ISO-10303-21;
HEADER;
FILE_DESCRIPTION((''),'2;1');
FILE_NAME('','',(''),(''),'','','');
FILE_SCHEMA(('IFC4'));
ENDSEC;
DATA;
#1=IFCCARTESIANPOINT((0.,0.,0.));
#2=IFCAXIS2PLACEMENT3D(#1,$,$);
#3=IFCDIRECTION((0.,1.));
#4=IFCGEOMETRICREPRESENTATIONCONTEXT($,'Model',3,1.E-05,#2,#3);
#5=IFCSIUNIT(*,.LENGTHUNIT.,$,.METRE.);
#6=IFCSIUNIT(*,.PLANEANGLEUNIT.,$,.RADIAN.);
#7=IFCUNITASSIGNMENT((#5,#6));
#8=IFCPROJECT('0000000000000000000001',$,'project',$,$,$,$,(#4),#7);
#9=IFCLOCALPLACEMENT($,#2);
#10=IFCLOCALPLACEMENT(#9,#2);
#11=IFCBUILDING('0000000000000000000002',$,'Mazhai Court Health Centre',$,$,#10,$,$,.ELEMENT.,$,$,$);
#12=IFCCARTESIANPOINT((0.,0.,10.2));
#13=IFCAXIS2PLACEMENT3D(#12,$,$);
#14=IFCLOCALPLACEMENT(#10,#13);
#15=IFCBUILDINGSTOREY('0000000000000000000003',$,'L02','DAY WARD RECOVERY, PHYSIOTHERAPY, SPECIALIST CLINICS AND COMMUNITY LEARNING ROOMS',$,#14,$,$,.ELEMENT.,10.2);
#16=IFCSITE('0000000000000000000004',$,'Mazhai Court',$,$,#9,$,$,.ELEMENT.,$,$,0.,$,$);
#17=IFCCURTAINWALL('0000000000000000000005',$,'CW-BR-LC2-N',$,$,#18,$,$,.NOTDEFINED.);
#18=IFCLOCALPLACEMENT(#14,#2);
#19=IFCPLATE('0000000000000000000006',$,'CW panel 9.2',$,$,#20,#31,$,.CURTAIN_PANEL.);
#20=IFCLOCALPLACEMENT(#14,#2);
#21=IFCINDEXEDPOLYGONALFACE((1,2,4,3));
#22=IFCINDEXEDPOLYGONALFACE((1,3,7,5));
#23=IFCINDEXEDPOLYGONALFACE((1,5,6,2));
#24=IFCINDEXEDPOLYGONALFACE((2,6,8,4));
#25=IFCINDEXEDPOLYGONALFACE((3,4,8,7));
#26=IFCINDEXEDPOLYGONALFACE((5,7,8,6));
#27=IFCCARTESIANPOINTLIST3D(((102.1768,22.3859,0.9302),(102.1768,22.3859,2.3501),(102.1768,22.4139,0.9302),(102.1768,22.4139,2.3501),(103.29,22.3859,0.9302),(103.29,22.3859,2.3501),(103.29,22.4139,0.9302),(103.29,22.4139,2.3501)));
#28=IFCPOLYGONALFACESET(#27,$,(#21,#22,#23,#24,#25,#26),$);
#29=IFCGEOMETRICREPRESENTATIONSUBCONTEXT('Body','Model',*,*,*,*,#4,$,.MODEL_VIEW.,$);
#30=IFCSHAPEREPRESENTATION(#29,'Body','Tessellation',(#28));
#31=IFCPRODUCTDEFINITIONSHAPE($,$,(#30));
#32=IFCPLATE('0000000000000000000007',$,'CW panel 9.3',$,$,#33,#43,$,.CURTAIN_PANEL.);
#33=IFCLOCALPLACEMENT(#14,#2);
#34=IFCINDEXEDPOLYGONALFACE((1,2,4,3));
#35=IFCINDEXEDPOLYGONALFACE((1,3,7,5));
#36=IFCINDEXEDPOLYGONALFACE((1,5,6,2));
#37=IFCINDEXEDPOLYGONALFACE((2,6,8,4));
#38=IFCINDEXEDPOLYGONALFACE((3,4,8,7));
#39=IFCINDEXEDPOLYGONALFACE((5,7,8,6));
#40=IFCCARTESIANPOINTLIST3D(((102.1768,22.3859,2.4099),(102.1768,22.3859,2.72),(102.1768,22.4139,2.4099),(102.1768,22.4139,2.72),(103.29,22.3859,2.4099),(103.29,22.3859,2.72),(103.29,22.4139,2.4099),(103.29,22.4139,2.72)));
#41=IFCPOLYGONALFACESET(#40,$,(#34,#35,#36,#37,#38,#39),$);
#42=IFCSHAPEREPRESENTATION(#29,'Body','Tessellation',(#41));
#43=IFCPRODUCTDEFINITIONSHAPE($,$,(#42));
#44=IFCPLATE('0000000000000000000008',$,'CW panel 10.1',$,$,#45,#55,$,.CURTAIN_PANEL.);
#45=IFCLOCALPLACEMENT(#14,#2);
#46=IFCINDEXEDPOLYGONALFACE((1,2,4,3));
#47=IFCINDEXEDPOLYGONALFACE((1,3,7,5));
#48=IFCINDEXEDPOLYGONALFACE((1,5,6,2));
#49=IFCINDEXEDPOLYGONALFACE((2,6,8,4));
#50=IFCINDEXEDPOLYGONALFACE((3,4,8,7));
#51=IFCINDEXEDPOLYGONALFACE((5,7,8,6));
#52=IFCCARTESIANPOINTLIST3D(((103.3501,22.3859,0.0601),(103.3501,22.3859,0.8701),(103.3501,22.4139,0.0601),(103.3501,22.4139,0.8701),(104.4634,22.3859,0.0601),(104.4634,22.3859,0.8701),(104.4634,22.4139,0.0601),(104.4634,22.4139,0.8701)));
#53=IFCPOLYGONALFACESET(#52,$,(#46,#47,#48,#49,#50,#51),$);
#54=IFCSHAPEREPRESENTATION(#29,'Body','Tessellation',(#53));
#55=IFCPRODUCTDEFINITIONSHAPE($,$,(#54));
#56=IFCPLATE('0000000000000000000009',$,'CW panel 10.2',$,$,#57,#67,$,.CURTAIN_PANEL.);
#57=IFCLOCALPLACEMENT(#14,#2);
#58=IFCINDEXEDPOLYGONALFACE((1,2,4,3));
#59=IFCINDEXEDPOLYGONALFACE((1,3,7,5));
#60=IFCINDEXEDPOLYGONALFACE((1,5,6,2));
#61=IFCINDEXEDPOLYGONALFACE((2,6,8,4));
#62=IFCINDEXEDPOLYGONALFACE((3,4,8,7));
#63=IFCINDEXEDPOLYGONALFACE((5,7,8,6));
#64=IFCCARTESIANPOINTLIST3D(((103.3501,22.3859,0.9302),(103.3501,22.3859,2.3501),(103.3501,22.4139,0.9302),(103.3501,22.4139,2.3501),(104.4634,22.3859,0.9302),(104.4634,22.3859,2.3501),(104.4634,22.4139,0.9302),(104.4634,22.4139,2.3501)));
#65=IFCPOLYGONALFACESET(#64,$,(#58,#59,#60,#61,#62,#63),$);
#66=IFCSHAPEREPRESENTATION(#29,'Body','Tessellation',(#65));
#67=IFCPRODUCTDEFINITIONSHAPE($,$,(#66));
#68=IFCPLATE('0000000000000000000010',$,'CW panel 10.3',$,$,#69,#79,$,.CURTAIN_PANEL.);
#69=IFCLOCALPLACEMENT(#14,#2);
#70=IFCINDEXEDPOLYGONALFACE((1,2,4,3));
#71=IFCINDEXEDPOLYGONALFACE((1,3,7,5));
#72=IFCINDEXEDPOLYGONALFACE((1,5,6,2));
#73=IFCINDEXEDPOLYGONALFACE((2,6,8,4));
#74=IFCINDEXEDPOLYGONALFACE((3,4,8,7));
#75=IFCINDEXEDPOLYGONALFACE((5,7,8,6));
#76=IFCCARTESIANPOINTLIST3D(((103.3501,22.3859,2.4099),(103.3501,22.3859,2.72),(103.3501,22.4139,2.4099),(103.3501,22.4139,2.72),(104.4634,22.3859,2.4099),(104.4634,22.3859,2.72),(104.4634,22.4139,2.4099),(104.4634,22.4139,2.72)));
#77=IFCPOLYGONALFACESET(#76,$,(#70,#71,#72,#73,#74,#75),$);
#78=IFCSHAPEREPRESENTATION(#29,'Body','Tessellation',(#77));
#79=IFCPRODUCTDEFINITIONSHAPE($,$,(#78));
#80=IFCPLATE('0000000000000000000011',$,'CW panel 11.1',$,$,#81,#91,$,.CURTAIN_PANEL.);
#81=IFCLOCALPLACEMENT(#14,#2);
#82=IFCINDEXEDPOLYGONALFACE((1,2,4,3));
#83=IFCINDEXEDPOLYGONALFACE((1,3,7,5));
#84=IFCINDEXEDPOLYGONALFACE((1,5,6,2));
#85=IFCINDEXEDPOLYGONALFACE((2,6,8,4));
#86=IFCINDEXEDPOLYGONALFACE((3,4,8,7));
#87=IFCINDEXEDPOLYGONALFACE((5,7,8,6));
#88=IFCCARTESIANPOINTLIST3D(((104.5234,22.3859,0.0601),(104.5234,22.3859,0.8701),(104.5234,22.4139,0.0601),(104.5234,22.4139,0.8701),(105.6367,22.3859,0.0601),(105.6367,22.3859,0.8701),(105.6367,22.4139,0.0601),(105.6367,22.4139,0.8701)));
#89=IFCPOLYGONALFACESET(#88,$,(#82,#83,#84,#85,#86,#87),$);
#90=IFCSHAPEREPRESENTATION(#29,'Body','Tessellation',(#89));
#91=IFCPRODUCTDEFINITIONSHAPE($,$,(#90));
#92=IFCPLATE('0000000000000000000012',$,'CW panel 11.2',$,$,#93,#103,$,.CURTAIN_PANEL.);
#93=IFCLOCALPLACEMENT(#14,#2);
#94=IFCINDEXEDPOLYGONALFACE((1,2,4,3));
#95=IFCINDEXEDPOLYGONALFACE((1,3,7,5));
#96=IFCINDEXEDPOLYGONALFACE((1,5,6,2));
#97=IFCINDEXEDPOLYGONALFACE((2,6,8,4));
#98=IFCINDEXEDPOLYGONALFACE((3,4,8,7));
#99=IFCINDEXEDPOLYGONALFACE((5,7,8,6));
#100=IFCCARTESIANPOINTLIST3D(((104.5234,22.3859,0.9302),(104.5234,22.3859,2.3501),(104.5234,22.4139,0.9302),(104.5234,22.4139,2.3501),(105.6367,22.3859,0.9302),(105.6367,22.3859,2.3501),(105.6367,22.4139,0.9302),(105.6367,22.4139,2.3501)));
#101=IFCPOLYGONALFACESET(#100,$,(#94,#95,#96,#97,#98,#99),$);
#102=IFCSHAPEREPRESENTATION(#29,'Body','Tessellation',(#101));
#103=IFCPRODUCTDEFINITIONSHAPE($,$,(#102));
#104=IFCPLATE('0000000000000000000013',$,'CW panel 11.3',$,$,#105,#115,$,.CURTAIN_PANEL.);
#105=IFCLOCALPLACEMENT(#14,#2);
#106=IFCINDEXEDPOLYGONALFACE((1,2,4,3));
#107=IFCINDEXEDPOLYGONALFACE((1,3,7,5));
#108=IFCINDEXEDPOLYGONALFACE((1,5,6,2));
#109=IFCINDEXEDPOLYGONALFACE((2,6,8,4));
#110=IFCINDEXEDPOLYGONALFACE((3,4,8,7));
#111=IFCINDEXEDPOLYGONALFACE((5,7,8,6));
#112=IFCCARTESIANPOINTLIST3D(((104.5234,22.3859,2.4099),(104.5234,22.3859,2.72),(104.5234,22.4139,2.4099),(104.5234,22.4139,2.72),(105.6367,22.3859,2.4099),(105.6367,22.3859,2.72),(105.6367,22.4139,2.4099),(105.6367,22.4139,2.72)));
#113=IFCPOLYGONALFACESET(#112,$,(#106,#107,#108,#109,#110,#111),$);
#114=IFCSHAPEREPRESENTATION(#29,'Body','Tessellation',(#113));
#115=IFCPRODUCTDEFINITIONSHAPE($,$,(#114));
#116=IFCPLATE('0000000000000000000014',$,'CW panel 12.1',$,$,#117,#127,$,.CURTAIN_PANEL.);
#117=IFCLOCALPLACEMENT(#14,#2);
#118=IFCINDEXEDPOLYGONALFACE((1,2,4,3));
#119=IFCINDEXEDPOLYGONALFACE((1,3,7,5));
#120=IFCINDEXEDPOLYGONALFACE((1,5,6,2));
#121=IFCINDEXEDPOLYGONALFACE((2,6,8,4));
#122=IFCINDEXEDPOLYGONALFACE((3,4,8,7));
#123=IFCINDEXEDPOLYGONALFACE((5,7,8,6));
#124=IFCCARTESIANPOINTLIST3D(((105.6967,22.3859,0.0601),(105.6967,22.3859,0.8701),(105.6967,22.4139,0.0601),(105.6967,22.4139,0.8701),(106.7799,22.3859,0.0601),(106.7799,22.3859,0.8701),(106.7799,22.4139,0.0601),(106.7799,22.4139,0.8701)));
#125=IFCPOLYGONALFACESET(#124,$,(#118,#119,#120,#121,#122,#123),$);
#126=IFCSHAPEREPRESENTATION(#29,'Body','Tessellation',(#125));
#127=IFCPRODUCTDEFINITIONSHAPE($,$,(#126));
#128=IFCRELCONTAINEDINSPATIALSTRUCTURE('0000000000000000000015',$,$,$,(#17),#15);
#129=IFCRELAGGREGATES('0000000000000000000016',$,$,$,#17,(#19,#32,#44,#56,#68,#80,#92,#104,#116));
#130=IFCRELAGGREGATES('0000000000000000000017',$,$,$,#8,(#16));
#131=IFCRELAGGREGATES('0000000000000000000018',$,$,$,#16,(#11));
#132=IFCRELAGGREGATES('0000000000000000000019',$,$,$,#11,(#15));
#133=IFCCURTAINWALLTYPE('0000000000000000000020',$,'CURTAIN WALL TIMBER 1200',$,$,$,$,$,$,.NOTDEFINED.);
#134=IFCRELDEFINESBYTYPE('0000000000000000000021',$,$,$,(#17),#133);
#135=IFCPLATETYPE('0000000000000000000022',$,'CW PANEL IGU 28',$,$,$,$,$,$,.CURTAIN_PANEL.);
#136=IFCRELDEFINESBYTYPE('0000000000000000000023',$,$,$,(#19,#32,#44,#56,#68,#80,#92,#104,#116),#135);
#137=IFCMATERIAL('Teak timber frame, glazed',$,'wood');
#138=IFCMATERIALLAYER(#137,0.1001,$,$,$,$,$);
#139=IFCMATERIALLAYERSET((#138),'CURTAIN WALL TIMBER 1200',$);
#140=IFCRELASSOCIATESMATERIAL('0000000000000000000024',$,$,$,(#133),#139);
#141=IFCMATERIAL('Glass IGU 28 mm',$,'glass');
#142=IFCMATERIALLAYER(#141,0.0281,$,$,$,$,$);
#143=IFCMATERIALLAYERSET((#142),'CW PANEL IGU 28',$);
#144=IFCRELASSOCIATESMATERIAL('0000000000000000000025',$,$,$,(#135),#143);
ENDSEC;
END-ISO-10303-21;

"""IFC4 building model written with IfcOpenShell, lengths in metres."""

from ifc_helpers import new_model, si_unit, direction, frame, origin, origin_2d, place, context, subcontext, project, spatial, rectangle, extrude, material, layer, layer_set, type_object, element, aggregate, save


model = new_model("IFC4")

# Units and contexts
model_context = context("Model", 3, precision=1e-05, world=origin(), true_north=direction((0.0, 1.0)))
body_context = subcontext(model_context, "Body", "Model", "MODEL_VIEW")
ifc_project = project(units=[si_unit("LENGTHUNIT", "METRE"), si_unit("PLANEANGLEUNIT", "RADIAN")], contexts=[model_context])

# Site, building, storey
site_placement = place(None, origin())
site = spatial("IfcSite", under=ifc_project, at=site_placement, Name="Mazhai Court", CompositionType="ELEMENT", RefElevation=0.0)
building_placement = place(site_placement, origin())
building = spatial("IfcBuilding", under=site, at=building_placement, Name="Mazhai Court Health Centre", CompositionType="ELEMENT")
storey_placement = place(building_placement, frame((0.0, 0.0, 10.2)))
storey = spatial("IfcBuildingStorey", under=building, at=storey_placement, Name="L02", Description="DAY WARD RECOVERY, PHYSIOTHERAPY, SPECIALIST CLINICS AND COMMUNITY LEARNING ROOMS", CompositionType="ELEMENT", Elevation=10.2)

# Curtain wall, plates
ifc_material_1 = material(Name="Teak timber frame, glazed", Category="wood")
ifc_layer_1 = layer(ifc_material_1, 0.1001)
ifc_layer_set_1 = layer_set([ifc_layer_1], Name="CURTAIN WALL TIMBER 1200")
curtain_wall_type = type_object("IfcCurtainWallType", Name="CURTAIN WALL TIMBER 1200", PredefinedType="NOTDEFINED", material=ifc_layer_set_1)
curtain_wall_placement = place(storey_placement, origin())
curtain_wall = element("IfcCurtainWall", 1, at=curtain_wall_placement, inside=storey, type_object=curtain_wall_type, Name="CW-BR-LC2-N", PredefinedType="NOTDEFINED")
ifc_material_2 = material(Name="Glass IGU 28 mm", Category="glass")
ifc_layer_2 = layer(ifc_material_2, 0.0281)
ifc_layer_set_2 = layer_set([ifc_layer_2], Name="CW PANEL IGU 28")
plate_type = type_object("IfcPlateType", Name="CW PANEL IGU 28", PredefinedType="CURTAIN_PANEL", material=ifc_layer_set_2)
plate_1_placement = place(storey_placement, frame((102.7334, 22.3999, 0.9302), z_axis=(0.0, 0.0, 1.0), x_axis=(1.0, 0.0, 0.0)))
plate_1 = element("IfcPlate", 2, at=plate_1_placement, type_object=plate_type, Name="CW panel 9.2", PredefinedType="CURTAIN_PANEL", context=body_context, shape_type="SweptSolid", body=[
    extrude(rectangle(XDim=1.1133, YDim=0.0281, at=origin_2d()), origin(), (0.0, 0.0, 1.0), 1.4199),
])
plate_2_placement = place(storey_placement, frame((102.7334, 22.3999, 2.4099), z_axis=(0.0, 0.0, 1.0), x_axis=(1.0, 0.0, 0.0)))
plate_2 = element("IfcPlate", 3, at=plate_2_placement, type_object=plate_type, Name="CW panel 9.3", PredefinedType="CURTAIN_PANEL", context=body_context, shape_type="SweptSolid", body=[
    extrude(rectangle(XDim=1.1133, YDim=0.0281, at=origin_2d()), origin(), (0.0, 0.0, 1.0), 0.3101),
])
plate_3_placement = place(storey_placement, frame((103.9067, 22.3999, 0.0601), z_axis=(0.0, 0.0, 1.0), x_axis=(1.0, 0.0, 0.0)))
plate_3 = element("IfcPlate", 4, at=plate_3_placement, type_object=plate_type, Name="CW panel 10.1", PredefinedType="CURTAIN_PANEL", context=body_context, shape_type="SweptSolid", body=[
    extrude(rectangle(XDim=1.1133, YDim=0.0281, at=origin_2d()), origin(), (0.0, 0.0, 1.0), 0.8101),
])
plate_4_placement = place(storey_placement, frame((103.9067, 22.3999, 0.9302), z_axis=(0.0, 0.0, 1.0), x_axis=(1.0, 0.0, 0.0)))
plate_4 = element("IfcPlate", 5, at=plate_4_placement, type_object=plate_type, Name="CW panel 10.2", PredefinedType="CURTAIN_PANEL", context=body_context, shape_type="SweptSolid", body=[
    extrude(rectangle(XDim=1.1133, YDim=0.0281, at=origin_2d()), origin(), (0.0, 0.0, 1.0), 1.4199),
])
plate_5_placement = place(storey_placement, frame((103.9067, 22.3999, 2.4099), z_axis=(0.0, 0.0, 1.0), x_axis=(1.0, 0.0, 0.0)))
plate_5 = element("IfcPlate", 6, at=plate_5_placement, type_object=plate_type, Name="CW panel 10.3", PredefinedType="CURTAIN_PANEL", context=body_context, shape_type="SweptSolid", body=[
    extrude(rectangle(XDim=1.1133, YDim=0.0281, at=origin_2d()), origin(), (0.0, 0.0, 1.0), 0.3101),
])
plate_6_placement = place(storey_placement, frame((105.0801, 22.3999, 0.0601), z_axis=(0.0, 0.0, 1.0), x_axis=(1.0, 0.0, 0.0)))
plate_6 = element("IfcPlate", 7, at=plate_6_placement, type_object=plate_type, Name="CW panel 11.1", PredefinedType="CURTAIN_PANEL", context=body_context, shape_type="SweptSolid", body=[
    extrude(rectangle(XDim=1.1133, YDim=0.0281, at=origin_2d()), origin(), (0.0, 0.0, 1.0), 0.8101),
])
plate_7_placement = place(storey_placement, frame((105.0801, 22.3999, 0.9302), z_axis=(0.0, 0.0, 1.0), x_axis=(1.0, 0.0, 0.0)))
plate_7 = element("IfcPlate", 8, at=plate_7_placement, type_object=plate_type, Name="CW panel 11.2", PredefinedType="CURTAIN_PANEL", context=body_context, shape_type="SweptSolid", body=[
    extrude(rectangle(XDim=1.1133, YDim=0.0281, at=origin_2d()), origin(), (0.0, 0.0, 1.0), 1.4199),
])
plate_8_placement = place(storey_placement, frame((105.0801, 22.3999, 2.4099), z_axis=(0.0, 0.0, 1.0), x_axis=(1.0, 0.0, 0.0)))
plate_8 = element("IfcPlate", 9, at=plate_8_placement, type_object=plate_type, Name="CW panel 11.3", PredefinedType="CURTAIN_PANEL", context=body_context, shape_type="SweptSolid", body=[
    extrude(rectangle(XDim=1.1133, YDim=0.0281, at=origin_2d()), origin(), (0.0, 0.0, 1.0), 0.3101),
])
plate_9_placement = place(storey_placement, frame((106.2383, 22.3999, 0.0601), z_axis=(0.0, 0.0, 1.0), x_axis=(1.0, 0.0, 0.0)))
plate_9 = element("IfcPlate", 10, at=plate_9_placement, type_object=plate_type, Name="CW panel 12.1", PredefinedType="CURTAIN_PANEL", context=body_context, shape_type="SweptSolid", body=[
    extrude(rectangle(XDim=1.0833, YDim=0.0281, at=origin_2d()), origin(), (0.0, 0.0, 1.0), 0.8101),
])
aggregate(curtain_wall, [plate_1, plate_2, plate_3, plate_4, plate_5, plate_6, plate_7, plate_8, plate_9])

save(model, "model.ifc")
